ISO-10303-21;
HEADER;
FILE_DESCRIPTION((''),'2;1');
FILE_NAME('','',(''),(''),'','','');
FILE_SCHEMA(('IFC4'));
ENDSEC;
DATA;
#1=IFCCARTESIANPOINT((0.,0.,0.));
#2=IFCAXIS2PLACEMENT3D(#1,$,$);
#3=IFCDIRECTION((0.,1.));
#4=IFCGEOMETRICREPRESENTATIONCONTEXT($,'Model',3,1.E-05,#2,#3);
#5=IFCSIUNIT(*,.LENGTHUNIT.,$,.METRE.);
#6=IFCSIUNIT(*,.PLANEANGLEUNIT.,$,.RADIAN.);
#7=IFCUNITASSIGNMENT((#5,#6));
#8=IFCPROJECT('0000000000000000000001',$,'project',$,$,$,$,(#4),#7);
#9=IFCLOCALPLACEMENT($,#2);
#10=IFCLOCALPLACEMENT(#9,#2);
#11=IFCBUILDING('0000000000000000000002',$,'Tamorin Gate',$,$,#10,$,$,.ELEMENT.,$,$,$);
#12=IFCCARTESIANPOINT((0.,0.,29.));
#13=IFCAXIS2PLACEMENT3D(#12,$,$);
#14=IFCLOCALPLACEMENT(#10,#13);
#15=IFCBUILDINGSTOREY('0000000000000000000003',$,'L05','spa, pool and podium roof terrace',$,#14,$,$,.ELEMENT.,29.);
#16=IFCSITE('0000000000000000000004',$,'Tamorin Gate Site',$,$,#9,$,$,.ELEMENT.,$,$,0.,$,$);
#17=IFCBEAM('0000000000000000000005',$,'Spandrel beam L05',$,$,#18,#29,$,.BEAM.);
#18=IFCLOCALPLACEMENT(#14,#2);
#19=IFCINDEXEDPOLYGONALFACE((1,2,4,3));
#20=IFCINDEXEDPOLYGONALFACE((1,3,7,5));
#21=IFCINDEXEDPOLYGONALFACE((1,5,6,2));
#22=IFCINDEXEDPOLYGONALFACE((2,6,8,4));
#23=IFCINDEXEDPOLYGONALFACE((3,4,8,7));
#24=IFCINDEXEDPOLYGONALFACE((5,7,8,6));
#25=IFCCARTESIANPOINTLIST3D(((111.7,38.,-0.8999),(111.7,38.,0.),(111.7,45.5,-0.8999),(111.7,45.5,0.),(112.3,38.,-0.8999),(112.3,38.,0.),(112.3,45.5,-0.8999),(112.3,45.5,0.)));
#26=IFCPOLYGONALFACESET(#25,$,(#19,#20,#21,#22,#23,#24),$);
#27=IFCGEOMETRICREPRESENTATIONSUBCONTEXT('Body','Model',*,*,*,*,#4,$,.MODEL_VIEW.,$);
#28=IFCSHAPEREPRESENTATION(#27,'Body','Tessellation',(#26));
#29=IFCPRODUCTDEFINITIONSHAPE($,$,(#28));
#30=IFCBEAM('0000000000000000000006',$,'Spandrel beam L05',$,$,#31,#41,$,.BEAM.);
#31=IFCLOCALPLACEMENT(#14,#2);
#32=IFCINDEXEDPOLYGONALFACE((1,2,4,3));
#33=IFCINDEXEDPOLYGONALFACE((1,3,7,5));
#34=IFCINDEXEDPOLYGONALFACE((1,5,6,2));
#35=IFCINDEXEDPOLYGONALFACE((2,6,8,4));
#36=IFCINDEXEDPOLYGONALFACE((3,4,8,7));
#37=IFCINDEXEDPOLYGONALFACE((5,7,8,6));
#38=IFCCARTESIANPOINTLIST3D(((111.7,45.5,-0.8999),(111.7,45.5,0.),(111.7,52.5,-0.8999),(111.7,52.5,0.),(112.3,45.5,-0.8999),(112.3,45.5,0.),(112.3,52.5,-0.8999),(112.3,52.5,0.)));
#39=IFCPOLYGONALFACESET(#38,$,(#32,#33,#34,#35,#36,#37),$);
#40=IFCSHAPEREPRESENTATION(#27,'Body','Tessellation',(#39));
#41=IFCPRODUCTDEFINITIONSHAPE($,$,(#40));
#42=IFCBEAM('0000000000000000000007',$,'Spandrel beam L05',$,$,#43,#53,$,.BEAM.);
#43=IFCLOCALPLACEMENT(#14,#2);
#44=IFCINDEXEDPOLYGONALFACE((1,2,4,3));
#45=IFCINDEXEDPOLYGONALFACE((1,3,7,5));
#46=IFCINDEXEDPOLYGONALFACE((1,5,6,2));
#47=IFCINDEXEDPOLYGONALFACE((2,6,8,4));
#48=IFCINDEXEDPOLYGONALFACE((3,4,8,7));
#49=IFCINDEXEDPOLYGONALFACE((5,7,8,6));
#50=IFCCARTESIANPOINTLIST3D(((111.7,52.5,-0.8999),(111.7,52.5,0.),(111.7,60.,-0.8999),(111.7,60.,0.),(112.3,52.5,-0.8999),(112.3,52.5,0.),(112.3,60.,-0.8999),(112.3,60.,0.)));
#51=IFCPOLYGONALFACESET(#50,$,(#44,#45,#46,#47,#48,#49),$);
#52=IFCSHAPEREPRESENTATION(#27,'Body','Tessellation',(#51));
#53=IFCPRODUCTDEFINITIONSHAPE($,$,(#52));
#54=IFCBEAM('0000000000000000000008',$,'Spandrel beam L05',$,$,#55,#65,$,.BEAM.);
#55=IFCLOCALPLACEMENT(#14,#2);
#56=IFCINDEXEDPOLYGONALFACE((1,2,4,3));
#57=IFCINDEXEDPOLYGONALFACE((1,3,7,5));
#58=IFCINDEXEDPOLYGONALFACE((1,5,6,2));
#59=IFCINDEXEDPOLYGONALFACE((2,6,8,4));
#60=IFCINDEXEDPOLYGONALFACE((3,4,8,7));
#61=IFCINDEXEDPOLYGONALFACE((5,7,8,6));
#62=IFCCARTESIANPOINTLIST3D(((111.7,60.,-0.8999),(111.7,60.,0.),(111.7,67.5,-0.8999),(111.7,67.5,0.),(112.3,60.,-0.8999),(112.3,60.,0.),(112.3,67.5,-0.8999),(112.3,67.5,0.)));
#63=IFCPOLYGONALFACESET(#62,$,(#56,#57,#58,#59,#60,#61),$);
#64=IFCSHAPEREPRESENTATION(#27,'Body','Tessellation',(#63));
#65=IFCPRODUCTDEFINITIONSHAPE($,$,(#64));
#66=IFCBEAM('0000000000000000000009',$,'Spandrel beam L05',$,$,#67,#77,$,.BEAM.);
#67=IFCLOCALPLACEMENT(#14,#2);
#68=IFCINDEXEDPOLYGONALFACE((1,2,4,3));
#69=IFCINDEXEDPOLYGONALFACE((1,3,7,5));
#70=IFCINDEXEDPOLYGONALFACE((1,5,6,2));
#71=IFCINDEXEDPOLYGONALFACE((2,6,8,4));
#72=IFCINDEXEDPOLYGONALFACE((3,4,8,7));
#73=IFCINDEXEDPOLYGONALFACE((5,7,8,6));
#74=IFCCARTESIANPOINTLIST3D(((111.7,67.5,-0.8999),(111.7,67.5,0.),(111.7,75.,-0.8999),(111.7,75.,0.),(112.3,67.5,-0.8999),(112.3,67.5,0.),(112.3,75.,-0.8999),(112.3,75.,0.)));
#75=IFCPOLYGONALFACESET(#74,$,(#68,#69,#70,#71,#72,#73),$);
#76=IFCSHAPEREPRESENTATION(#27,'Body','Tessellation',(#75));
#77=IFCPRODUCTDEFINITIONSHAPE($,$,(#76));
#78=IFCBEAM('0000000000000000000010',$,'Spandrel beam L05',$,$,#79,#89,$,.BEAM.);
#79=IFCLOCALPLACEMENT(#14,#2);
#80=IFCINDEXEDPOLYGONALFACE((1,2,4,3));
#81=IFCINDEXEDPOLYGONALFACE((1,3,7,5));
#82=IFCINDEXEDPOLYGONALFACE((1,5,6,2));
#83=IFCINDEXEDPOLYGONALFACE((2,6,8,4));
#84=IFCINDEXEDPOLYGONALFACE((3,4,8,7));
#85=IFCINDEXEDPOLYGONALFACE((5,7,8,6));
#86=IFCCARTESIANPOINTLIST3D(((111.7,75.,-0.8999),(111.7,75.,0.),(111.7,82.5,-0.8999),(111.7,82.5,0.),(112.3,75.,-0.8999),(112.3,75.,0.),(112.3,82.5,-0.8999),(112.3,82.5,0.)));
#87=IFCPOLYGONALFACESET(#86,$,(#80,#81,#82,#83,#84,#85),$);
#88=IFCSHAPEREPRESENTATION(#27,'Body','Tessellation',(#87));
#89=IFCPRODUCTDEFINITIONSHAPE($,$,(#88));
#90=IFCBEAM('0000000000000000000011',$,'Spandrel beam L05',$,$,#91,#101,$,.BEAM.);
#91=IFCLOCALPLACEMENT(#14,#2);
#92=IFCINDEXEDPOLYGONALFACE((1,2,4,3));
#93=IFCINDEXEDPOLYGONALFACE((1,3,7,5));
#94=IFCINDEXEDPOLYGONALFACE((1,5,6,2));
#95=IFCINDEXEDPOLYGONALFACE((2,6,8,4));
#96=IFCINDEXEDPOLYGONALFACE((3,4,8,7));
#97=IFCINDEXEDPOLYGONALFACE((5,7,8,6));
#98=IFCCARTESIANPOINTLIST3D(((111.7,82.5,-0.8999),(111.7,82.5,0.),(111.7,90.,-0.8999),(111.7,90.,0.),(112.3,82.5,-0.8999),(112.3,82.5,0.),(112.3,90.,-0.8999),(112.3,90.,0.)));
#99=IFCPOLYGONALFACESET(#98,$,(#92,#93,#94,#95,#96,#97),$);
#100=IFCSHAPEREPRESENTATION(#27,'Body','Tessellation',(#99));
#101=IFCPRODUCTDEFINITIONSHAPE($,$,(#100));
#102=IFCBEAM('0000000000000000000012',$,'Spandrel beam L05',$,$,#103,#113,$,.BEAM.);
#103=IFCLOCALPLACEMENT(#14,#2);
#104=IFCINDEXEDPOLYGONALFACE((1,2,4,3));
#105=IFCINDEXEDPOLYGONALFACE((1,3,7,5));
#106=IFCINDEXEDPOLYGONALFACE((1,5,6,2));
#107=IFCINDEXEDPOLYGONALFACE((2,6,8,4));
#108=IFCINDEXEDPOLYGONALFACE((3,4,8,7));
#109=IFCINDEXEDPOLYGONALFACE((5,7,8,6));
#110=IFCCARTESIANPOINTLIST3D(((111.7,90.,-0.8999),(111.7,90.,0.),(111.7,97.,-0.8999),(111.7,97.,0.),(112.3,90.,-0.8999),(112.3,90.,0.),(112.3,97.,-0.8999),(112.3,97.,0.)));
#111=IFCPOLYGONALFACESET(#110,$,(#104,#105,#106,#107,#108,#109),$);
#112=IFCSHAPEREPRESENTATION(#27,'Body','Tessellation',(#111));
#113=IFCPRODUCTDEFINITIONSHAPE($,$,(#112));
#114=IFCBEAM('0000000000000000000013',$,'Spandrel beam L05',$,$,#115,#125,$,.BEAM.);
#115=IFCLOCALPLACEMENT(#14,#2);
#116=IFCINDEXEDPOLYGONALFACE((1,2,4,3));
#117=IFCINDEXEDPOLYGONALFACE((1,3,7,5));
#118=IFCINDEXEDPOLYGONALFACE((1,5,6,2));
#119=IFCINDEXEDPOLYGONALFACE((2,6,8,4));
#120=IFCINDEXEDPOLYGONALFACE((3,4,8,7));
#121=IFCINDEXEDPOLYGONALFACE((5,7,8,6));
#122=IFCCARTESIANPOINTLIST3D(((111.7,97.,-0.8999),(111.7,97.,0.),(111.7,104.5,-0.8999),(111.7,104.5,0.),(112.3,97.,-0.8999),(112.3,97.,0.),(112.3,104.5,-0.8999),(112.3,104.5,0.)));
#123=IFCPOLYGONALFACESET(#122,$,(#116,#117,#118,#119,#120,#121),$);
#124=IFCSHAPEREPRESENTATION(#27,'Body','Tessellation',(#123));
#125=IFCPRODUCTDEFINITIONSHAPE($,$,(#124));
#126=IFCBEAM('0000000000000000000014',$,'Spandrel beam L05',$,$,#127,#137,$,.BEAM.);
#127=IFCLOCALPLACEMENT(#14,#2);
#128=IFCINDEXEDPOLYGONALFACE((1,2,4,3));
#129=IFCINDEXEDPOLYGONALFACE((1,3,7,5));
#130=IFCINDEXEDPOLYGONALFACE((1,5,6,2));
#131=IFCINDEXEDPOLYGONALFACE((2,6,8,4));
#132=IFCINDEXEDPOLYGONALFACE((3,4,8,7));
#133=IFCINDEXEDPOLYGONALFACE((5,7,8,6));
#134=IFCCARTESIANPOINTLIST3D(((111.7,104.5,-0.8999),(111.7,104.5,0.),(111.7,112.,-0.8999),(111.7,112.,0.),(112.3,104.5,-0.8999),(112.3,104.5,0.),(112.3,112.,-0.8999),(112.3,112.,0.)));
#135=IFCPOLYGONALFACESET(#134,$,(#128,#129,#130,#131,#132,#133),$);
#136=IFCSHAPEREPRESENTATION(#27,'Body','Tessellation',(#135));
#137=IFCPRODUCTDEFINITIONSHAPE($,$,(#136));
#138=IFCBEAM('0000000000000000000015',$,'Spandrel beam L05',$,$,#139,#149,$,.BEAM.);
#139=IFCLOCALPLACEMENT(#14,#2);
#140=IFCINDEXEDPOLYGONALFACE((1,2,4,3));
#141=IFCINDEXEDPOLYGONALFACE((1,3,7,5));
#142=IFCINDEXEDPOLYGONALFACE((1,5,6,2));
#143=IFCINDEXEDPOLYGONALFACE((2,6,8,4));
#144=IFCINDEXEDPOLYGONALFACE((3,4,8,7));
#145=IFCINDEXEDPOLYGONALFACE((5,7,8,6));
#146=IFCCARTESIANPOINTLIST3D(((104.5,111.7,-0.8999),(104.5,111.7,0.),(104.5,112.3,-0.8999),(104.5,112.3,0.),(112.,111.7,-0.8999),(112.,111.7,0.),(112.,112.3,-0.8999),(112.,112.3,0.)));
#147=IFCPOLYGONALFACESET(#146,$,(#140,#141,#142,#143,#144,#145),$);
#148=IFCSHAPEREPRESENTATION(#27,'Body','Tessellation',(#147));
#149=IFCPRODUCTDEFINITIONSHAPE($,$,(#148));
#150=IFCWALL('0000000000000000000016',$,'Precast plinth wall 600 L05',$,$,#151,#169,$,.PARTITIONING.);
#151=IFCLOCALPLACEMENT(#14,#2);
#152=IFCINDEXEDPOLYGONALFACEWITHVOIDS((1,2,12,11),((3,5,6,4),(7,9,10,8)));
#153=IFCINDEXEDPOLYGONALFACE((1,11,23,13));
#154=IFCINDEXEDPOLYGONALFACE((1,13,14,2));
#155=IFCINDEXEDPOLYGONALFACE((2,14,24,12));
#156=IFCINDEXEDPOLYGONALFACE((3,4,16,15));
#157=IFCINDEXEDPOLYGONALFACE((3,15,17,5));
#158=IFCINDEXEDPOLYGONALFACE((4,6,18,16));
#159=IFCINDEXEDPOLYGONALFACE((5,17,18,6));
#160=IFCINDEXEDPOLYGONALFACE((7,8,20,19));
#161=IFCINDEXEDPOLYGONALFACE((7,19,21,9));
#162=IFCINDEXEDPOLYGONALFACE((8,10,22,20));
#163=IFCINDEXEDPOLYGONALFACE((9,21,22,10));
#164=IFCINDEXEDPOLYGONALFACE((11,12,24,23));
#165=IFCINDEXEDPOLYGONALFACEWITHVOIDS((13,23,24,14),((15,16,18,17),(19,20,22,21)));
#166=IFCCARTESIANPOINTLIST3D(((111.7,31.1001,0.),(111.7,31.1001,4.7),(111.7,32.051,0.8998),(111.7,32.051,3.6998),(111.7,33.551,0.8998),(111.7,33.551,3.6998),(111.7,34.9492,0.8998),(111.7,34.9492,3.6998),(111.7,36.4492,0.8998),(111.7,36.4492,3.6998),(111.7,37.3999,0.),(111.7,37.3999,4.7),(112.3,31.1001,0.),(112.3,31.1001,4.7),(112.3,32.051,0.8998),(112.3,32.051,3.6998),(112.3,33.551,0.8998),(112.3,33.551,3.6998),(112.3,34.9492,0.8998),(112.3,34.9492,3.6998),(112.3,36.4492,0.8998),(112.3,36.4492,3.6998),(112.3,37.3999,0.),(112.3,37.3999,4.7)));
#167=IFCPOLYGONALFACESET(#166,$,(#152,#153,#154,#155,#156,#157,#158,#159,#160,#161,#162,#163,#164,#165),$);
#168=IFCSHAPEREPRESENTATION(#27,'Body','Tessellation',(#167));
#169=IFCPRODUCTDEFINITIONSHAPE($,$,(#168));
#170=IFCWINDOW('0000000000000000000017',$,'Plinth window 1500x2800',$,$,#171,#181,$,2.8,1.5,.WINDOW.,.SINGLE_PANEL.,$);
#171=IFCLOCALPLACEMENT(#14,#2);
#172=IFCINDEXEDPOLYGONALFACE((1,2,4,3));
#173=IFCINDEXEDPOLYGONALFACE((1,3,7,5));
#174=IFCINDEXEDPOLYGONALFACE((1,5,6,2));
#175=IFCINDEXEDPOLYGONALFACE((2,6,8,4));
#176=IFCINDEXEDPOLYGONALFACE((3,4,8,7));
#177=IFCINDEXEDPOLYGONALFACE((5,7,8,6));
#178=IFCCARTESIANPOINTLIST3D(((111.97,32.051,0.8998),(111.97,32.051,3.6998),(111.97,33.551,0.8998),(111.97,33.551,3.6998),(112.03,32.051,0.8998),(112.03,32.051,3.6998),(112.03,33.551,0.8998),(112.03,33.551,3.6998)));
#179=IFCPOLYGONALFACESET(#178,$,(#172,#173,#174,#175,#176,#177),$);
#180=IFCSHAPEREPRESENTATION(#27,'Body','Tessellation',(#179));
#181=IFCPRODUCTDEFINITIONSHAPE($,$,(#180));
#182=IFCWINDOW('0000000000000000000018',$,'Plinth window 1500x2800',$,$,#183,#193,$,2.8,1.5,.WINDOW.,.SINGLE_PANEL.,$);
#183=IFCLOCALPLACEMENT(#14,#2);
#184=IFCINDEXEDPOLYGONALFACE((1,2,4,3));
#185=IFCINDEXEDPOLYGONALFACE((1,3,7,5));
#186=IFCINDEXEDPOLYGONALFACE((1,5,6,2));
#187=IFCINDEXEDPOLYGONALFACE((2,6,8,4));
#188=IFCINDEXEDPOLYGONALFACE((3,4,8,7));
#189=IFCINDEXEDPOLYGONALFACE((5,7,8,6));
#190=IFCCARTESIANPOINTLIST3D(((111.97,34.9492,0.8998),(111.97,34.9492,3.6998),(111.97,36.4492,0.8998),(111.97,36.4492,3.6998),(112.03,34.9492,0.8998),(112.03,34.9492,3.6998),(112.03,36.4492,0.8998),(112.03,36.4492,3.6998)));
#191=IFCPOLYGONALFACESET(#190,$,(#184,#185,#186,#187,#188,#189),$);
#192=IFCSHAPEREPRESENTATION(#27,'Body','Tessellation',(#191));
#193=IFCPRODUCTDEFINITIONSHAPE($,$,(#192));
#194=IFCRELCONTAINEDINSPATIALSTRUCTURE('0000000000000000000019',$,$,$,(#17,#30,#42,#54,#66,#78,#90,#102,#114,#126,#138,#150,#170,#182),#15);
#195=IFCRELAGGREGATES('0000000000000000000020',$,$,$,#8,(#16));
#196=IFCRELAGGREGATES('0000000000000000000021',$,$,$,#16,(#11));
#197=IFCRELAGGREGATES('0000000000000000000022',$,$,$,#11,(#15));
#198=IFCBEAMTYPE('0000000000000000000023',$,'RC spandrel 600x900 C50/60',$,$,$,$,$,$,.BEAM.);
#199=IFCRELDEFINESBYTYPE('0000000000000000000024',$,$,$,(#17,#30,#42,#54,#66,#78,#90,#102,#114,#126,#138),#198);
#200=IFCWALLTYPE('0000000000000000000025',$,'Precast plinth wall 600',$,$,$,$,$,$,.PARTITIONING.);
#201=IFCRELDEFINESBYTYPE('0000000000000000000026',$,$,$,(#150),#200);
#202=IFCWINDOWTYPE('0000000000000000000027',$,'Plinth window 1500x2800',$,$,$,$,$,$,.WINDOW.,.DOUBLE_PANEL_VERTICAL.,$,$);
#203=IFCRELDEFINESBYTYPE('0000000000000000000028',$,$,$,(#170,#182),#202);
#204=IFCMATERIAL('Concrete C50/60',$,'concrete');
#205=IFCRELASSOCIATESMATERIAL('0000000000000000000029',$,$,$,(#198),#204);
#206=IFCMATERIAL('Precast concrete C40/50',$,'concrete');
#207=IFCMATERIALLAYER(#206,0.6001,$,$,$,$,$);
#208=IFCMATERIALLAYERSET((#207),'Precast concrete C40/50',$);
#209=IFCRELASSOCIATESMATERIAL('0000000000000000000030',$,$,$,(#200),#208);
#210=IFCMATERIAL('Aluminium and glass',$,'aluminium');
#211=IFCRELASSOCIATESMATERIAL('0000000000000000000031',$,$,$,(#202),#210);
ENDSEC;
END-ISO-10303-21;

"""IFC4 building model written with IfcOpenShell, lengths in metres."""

from ifc_helpers import new_model, si_unit, direction, frame, frame_2d, origin, origin_2d, place, context, subcontext, project, spatial, rectangle, extrude, material, layer, layer_set, material_profile, profile_set, type_object, element, fill, save


model = new_model("IFC4")

# Units and contexts
model_context = context("Model", 3, precision=1e-05, world=origin(), true_north=direction((0.0, 1.0)))
body_context = subcontext(model_context, "Body", "Model", "MODEL_VIEW")
ifc_project = project(units=[si_unit("LENGTHUNIT", "METRE"), si_unit("PLANEANGLEUNIT", "RADIAN")], contexts=[model_context])

# Site, building, storey
site_placement = place(None, origin())
site = spatial("IfcSite", under=ifc_project, at=site_placement, Name="Tamorin Gate Site", CompositionType="ELEMENT", RefElevation=0.0)
building_placement = place(site_placement, origin())
building = spatial("IfcBuilding", under=site, at=building_placement, Name="Tamorin Gate", CompositionType="ELEMENT")
storey_placement = place(building_placement, frame((0.0, 0.0, 29.0)))
storey = spatial("IfcBuildingStorey", under=building, at=storey_placement, Name="L05", Description="spa, pool and podium roof terrace", CompositionType="ELEMENT", Elevation=29.0)

# Beams
ifc_material_1 = material(Name="Concrete C50/60", Category="concrete")
ifc_material_profile = material_profile(ifc_material_1, rectangle(XDim=0.6001, YDim=0.8999, at=origin_2d()), Name="RC 600x900")
ifc_profile_set = profile_set([ifc_material_profile], Name="Concrete C50/60")
beam_type = type_object("IfcBeamType", Name="RC spandrel 600x900 C50/60", PredefinedType="BEAM", material=ifc_profile_set)
beam_1_placement = place(storey_placement, frame((112.0, 38.0, -0.45), z_axis=(0.0, 1.0, 0.0), x_axis=(-1.0, 0.0, 0.0)))
element("IfcBeam", 1, at=beam_1_placement, inside=storey, type_object=beam_type, Name="Spandrel beam L05", PredefinedType="BEAM", context=body_context, shape_type="SweptSolid", body=[
    extrude(rectangle(XDim=0.6001, YDim=0.8999, at=origin_2d()), origin(), (0.0, 0.0, 1.0), 7.5),
])
beam_2_placement = place(storey_placement, frame((112.0, 45.5, -0.45), z_axis=(0.0, 1.0, 0.0), x_axis=(-1.0, 0.0, 0.0)))
element("IfcBeam", 2, at=beam_2_placement, inside=storey, type_object=beam_type, Name="Spandrel beam L05", PredefinedType="BEAM", context=body_context, shape_type="SweptSolid", body=[
    extrude(rectangle(XDim=0.6001, YDim=0.8999, at=origin_2d()), origin(), (0.0, 0.0, 1.0), 7.0),
])
for number, where, z_axis, x_axis, name in (
    (3, (112.0, 52.5, -0.45), (0.0, 1.0, 0.0), (-1.0, 0.0, 0.0), "Spandrel beam L05"),
    (4, (112.0, 60.0, -0.45), (0.0, 1.0, 0.0), (-1.0, 0.0, 0.0), "Spandrel beam L05"),
    (5, (112.0, 67.5, -0.45), (0.0, 1.0, 0.0), (-1.0, 0.0, 0.0), "Spandrel beam L05"),
    (6, (112.0, 75.0, -0.45), (0.0, 1.0, 0.0), (-1.0, 0.0, 0.0), "Spandrel beam L05"),
    (7, (112.0, 82.5, -0.45), (0.0, 1.0, 0.0), (-1.0, 0.0, 0.0), "Spandrel beam L05"),
):
    element("IfcBeam", number, at=place(storey_placement, frame(where, z_axis=z_axis, x_axis=x_axis)), inside=storey, type_object=beam_type, Name=name, PredefinedType="BEAM", context=body_context, shape_type="SweptSolid", body=[
        extrude(rectangle(XDim=0.6001, YDim=0.8999, at=origin_2d()), origin(), (0.0, 0.0, 1.0), 7.5),
    ])
beam_3_placement = place(storey_placement, frame((112.0, 90.0, -0.45), z_axis=(0.0, 1.0, 0.0), x_axis=(-1.0, 0.0, 0.0)))
element("IfcBeam", 8, at=beam_3_placement, inside=storey, type_object=beam_type, Name="Spandrel beam L05", PredefinedType="BEAM", context=body_context, shape_type="SweptSolid", body=[
    extrude(rectangle(XDim=0.6001, YDim=0.8999, at=origin_2d()), origin(), (0.0, 0.0, 1.0), 7.0),
])
for number, where, z_axis, x_axis, name in (
    (9, (112.0, 97.0, -0.45), (0.0, 1.0, 0.0), (-1.0, 0.0, 0.0), "Spandrel beam L05"),
    (10, (112.0, 104.5, -0.45), (0.0, 1.0, 0.0), (-1.0, 0.0, 0.0), "Spandrel beam L05"),
    (11, (112.0, 112.0, -0.45), (-1.0, 0.0, 0.0), (0.0, -1.0, 0.0), "Spandrel beam L05"),
):
    element("IfcBeam", number, at=place(storey_placement, frame(where, z_axis=z_axis, x_axis=x_axis)), inside=storey, type_object=beam_type, Name=name, PredefinedType="BEAM", context=body_context, shape_type="SweptSolid", body=[
        extrude(rectangle(XDim=0.6001, YDim=0.8999, at=origin_2d()), origin(), (0.0, 0.0, 1.0), 7.5),
    ])

# Wall, openings, windows
ifc_material_2 = material(Name="Precast concrete C40/50", Category="concrete")
ifc_layer = layer(ifc_material_2, 0.6001)
ifc_layer_set = layer_set([ifc_layer], Name="Precast concrete C40/50")
wall_type = type_object("IfcWallType", Name="Precast plinth wall 600", PredefinedType="PARTITIONING", material=ifc_layer_set)
wall_1_placement = place(storey_placement, frame((112.0, 31.1001, 0.0), z_axis=(0.0, 0.0, 1.0), x_axis=(0.0, 1.0, 0.0)))
wall_1 = element("IfcWall", 12, at=wall_1_placement, inside=storey, type_object=wall_type, Name="Precast plinth wall 600 L05", PredefinedType="PARTITIONING", context=body_context, shape_type="SweptSolid", body=[
    extrude(rectangle(XDim=6.2998, YDim=0.6001, at=frame_2d((3.1499, 0.0))), origin(), (0.0, 0.0, 1.0), 4.7),
])
opening_1_placement = place(wall_1_placement, frame((0.9509, 0.0, 0.8999)))
opening_1 = element("IfcOpeningElement", 13, at=opening_1_placement, cuts=wall_1, PredefinedType="OPENING", context=body_context, shape_type="SweptSolid", body=[
    extrude(rectangle(XDim=1.5, YDim=2.8, at=frame_2d((0.75, 1.3999))), frame((0.0, 0.3101, 0.0), z_axis=(0.0, -1.0, 0.0), x_axis=(1.0, 0.0, 0.0)), (0.0, 0.0, 1.0), 0.6201),
])
opening_2_placement = place(wall_1_placement, frame((3.8491, 0.0, 0.8999)))
opening_2 = element("IfcOpeningElement", 14, at=opening_2_placement, cuts=wall_1, PredefinedType="OPENING", context=body_context, shape_type="SweptSolid", body=[
    extrude(rectangle(XDim=1.5, YDim=2.8, at=frame_2d((0.75, 1.3999))), frame((0.0, 0.3101, 0.0), z_axis=(0.0, -1.0, 0.0), x_axis=(1.0, 0.0, 0.0)), (0.0, 0.0, 1.0), 0.6201),
])
ifc_material_3 = material(Name="Aluminium and glass", Category="aluminium")
window_type = type_object("IfcWindowType", Name="Plinth window 1500x2800", PartitioningType="DOUBLE_PANEL_VERTICAL", PredefinedType="WINDOW", material=ifc_material_3)
window_1_placement = place(opening_1_placement, origin())
window_1 = element("IfcWindow", 15, at=window_1_placement, inside=storey, type_object=window_type, Name="Plinth window 1500x2800", OverallHeight=2.8, OverallWidth=1.5, PartitioningType="SINGLE_PANEL", PredefinedType="WINDOW", context=body_context, shape_type="SweptSolid", body=[
    extrude(rectangle(XDim=1.5, YDim=2.8, at=frame_2d((0.75, 1.3999))), frame((0.0, 0.03, 0.0), z_axis=(0.0, -1.0, 0.0), x_axis=(1.0, 0.0, 0.0)), (0.0, 0.0, 1.0), 0.0601),
])
fill(opening_1, window_1)
window_2_placement = place(opening_2_placement, origin())
window_2 = element("IfcWindow", 16, at=window_2_placement, inside=storey, type_object=window_type, Name="Plinth window 1500x2800", OverallHeight=2.8, OverallWidth=1.5, PartitioningType="SINGLE_PANEL", PredefinedType="WINDOW", context=body_context, shape_type="SweptSolid", body=[
    extrude(rectangle(XDim=1.5, YDim=2.8, at=frame_2d((0.75, 1.3999))), frame((0.0, 0.03, 0.0), z_axis=(0.0, -1.0, 0.0), x_axis=(1.0, 0.0, 0.0)), (0.0, 0.0, 1.0), 0.0601),
])
fill(opening_2, window_2)

save(model, "model.ifc")
